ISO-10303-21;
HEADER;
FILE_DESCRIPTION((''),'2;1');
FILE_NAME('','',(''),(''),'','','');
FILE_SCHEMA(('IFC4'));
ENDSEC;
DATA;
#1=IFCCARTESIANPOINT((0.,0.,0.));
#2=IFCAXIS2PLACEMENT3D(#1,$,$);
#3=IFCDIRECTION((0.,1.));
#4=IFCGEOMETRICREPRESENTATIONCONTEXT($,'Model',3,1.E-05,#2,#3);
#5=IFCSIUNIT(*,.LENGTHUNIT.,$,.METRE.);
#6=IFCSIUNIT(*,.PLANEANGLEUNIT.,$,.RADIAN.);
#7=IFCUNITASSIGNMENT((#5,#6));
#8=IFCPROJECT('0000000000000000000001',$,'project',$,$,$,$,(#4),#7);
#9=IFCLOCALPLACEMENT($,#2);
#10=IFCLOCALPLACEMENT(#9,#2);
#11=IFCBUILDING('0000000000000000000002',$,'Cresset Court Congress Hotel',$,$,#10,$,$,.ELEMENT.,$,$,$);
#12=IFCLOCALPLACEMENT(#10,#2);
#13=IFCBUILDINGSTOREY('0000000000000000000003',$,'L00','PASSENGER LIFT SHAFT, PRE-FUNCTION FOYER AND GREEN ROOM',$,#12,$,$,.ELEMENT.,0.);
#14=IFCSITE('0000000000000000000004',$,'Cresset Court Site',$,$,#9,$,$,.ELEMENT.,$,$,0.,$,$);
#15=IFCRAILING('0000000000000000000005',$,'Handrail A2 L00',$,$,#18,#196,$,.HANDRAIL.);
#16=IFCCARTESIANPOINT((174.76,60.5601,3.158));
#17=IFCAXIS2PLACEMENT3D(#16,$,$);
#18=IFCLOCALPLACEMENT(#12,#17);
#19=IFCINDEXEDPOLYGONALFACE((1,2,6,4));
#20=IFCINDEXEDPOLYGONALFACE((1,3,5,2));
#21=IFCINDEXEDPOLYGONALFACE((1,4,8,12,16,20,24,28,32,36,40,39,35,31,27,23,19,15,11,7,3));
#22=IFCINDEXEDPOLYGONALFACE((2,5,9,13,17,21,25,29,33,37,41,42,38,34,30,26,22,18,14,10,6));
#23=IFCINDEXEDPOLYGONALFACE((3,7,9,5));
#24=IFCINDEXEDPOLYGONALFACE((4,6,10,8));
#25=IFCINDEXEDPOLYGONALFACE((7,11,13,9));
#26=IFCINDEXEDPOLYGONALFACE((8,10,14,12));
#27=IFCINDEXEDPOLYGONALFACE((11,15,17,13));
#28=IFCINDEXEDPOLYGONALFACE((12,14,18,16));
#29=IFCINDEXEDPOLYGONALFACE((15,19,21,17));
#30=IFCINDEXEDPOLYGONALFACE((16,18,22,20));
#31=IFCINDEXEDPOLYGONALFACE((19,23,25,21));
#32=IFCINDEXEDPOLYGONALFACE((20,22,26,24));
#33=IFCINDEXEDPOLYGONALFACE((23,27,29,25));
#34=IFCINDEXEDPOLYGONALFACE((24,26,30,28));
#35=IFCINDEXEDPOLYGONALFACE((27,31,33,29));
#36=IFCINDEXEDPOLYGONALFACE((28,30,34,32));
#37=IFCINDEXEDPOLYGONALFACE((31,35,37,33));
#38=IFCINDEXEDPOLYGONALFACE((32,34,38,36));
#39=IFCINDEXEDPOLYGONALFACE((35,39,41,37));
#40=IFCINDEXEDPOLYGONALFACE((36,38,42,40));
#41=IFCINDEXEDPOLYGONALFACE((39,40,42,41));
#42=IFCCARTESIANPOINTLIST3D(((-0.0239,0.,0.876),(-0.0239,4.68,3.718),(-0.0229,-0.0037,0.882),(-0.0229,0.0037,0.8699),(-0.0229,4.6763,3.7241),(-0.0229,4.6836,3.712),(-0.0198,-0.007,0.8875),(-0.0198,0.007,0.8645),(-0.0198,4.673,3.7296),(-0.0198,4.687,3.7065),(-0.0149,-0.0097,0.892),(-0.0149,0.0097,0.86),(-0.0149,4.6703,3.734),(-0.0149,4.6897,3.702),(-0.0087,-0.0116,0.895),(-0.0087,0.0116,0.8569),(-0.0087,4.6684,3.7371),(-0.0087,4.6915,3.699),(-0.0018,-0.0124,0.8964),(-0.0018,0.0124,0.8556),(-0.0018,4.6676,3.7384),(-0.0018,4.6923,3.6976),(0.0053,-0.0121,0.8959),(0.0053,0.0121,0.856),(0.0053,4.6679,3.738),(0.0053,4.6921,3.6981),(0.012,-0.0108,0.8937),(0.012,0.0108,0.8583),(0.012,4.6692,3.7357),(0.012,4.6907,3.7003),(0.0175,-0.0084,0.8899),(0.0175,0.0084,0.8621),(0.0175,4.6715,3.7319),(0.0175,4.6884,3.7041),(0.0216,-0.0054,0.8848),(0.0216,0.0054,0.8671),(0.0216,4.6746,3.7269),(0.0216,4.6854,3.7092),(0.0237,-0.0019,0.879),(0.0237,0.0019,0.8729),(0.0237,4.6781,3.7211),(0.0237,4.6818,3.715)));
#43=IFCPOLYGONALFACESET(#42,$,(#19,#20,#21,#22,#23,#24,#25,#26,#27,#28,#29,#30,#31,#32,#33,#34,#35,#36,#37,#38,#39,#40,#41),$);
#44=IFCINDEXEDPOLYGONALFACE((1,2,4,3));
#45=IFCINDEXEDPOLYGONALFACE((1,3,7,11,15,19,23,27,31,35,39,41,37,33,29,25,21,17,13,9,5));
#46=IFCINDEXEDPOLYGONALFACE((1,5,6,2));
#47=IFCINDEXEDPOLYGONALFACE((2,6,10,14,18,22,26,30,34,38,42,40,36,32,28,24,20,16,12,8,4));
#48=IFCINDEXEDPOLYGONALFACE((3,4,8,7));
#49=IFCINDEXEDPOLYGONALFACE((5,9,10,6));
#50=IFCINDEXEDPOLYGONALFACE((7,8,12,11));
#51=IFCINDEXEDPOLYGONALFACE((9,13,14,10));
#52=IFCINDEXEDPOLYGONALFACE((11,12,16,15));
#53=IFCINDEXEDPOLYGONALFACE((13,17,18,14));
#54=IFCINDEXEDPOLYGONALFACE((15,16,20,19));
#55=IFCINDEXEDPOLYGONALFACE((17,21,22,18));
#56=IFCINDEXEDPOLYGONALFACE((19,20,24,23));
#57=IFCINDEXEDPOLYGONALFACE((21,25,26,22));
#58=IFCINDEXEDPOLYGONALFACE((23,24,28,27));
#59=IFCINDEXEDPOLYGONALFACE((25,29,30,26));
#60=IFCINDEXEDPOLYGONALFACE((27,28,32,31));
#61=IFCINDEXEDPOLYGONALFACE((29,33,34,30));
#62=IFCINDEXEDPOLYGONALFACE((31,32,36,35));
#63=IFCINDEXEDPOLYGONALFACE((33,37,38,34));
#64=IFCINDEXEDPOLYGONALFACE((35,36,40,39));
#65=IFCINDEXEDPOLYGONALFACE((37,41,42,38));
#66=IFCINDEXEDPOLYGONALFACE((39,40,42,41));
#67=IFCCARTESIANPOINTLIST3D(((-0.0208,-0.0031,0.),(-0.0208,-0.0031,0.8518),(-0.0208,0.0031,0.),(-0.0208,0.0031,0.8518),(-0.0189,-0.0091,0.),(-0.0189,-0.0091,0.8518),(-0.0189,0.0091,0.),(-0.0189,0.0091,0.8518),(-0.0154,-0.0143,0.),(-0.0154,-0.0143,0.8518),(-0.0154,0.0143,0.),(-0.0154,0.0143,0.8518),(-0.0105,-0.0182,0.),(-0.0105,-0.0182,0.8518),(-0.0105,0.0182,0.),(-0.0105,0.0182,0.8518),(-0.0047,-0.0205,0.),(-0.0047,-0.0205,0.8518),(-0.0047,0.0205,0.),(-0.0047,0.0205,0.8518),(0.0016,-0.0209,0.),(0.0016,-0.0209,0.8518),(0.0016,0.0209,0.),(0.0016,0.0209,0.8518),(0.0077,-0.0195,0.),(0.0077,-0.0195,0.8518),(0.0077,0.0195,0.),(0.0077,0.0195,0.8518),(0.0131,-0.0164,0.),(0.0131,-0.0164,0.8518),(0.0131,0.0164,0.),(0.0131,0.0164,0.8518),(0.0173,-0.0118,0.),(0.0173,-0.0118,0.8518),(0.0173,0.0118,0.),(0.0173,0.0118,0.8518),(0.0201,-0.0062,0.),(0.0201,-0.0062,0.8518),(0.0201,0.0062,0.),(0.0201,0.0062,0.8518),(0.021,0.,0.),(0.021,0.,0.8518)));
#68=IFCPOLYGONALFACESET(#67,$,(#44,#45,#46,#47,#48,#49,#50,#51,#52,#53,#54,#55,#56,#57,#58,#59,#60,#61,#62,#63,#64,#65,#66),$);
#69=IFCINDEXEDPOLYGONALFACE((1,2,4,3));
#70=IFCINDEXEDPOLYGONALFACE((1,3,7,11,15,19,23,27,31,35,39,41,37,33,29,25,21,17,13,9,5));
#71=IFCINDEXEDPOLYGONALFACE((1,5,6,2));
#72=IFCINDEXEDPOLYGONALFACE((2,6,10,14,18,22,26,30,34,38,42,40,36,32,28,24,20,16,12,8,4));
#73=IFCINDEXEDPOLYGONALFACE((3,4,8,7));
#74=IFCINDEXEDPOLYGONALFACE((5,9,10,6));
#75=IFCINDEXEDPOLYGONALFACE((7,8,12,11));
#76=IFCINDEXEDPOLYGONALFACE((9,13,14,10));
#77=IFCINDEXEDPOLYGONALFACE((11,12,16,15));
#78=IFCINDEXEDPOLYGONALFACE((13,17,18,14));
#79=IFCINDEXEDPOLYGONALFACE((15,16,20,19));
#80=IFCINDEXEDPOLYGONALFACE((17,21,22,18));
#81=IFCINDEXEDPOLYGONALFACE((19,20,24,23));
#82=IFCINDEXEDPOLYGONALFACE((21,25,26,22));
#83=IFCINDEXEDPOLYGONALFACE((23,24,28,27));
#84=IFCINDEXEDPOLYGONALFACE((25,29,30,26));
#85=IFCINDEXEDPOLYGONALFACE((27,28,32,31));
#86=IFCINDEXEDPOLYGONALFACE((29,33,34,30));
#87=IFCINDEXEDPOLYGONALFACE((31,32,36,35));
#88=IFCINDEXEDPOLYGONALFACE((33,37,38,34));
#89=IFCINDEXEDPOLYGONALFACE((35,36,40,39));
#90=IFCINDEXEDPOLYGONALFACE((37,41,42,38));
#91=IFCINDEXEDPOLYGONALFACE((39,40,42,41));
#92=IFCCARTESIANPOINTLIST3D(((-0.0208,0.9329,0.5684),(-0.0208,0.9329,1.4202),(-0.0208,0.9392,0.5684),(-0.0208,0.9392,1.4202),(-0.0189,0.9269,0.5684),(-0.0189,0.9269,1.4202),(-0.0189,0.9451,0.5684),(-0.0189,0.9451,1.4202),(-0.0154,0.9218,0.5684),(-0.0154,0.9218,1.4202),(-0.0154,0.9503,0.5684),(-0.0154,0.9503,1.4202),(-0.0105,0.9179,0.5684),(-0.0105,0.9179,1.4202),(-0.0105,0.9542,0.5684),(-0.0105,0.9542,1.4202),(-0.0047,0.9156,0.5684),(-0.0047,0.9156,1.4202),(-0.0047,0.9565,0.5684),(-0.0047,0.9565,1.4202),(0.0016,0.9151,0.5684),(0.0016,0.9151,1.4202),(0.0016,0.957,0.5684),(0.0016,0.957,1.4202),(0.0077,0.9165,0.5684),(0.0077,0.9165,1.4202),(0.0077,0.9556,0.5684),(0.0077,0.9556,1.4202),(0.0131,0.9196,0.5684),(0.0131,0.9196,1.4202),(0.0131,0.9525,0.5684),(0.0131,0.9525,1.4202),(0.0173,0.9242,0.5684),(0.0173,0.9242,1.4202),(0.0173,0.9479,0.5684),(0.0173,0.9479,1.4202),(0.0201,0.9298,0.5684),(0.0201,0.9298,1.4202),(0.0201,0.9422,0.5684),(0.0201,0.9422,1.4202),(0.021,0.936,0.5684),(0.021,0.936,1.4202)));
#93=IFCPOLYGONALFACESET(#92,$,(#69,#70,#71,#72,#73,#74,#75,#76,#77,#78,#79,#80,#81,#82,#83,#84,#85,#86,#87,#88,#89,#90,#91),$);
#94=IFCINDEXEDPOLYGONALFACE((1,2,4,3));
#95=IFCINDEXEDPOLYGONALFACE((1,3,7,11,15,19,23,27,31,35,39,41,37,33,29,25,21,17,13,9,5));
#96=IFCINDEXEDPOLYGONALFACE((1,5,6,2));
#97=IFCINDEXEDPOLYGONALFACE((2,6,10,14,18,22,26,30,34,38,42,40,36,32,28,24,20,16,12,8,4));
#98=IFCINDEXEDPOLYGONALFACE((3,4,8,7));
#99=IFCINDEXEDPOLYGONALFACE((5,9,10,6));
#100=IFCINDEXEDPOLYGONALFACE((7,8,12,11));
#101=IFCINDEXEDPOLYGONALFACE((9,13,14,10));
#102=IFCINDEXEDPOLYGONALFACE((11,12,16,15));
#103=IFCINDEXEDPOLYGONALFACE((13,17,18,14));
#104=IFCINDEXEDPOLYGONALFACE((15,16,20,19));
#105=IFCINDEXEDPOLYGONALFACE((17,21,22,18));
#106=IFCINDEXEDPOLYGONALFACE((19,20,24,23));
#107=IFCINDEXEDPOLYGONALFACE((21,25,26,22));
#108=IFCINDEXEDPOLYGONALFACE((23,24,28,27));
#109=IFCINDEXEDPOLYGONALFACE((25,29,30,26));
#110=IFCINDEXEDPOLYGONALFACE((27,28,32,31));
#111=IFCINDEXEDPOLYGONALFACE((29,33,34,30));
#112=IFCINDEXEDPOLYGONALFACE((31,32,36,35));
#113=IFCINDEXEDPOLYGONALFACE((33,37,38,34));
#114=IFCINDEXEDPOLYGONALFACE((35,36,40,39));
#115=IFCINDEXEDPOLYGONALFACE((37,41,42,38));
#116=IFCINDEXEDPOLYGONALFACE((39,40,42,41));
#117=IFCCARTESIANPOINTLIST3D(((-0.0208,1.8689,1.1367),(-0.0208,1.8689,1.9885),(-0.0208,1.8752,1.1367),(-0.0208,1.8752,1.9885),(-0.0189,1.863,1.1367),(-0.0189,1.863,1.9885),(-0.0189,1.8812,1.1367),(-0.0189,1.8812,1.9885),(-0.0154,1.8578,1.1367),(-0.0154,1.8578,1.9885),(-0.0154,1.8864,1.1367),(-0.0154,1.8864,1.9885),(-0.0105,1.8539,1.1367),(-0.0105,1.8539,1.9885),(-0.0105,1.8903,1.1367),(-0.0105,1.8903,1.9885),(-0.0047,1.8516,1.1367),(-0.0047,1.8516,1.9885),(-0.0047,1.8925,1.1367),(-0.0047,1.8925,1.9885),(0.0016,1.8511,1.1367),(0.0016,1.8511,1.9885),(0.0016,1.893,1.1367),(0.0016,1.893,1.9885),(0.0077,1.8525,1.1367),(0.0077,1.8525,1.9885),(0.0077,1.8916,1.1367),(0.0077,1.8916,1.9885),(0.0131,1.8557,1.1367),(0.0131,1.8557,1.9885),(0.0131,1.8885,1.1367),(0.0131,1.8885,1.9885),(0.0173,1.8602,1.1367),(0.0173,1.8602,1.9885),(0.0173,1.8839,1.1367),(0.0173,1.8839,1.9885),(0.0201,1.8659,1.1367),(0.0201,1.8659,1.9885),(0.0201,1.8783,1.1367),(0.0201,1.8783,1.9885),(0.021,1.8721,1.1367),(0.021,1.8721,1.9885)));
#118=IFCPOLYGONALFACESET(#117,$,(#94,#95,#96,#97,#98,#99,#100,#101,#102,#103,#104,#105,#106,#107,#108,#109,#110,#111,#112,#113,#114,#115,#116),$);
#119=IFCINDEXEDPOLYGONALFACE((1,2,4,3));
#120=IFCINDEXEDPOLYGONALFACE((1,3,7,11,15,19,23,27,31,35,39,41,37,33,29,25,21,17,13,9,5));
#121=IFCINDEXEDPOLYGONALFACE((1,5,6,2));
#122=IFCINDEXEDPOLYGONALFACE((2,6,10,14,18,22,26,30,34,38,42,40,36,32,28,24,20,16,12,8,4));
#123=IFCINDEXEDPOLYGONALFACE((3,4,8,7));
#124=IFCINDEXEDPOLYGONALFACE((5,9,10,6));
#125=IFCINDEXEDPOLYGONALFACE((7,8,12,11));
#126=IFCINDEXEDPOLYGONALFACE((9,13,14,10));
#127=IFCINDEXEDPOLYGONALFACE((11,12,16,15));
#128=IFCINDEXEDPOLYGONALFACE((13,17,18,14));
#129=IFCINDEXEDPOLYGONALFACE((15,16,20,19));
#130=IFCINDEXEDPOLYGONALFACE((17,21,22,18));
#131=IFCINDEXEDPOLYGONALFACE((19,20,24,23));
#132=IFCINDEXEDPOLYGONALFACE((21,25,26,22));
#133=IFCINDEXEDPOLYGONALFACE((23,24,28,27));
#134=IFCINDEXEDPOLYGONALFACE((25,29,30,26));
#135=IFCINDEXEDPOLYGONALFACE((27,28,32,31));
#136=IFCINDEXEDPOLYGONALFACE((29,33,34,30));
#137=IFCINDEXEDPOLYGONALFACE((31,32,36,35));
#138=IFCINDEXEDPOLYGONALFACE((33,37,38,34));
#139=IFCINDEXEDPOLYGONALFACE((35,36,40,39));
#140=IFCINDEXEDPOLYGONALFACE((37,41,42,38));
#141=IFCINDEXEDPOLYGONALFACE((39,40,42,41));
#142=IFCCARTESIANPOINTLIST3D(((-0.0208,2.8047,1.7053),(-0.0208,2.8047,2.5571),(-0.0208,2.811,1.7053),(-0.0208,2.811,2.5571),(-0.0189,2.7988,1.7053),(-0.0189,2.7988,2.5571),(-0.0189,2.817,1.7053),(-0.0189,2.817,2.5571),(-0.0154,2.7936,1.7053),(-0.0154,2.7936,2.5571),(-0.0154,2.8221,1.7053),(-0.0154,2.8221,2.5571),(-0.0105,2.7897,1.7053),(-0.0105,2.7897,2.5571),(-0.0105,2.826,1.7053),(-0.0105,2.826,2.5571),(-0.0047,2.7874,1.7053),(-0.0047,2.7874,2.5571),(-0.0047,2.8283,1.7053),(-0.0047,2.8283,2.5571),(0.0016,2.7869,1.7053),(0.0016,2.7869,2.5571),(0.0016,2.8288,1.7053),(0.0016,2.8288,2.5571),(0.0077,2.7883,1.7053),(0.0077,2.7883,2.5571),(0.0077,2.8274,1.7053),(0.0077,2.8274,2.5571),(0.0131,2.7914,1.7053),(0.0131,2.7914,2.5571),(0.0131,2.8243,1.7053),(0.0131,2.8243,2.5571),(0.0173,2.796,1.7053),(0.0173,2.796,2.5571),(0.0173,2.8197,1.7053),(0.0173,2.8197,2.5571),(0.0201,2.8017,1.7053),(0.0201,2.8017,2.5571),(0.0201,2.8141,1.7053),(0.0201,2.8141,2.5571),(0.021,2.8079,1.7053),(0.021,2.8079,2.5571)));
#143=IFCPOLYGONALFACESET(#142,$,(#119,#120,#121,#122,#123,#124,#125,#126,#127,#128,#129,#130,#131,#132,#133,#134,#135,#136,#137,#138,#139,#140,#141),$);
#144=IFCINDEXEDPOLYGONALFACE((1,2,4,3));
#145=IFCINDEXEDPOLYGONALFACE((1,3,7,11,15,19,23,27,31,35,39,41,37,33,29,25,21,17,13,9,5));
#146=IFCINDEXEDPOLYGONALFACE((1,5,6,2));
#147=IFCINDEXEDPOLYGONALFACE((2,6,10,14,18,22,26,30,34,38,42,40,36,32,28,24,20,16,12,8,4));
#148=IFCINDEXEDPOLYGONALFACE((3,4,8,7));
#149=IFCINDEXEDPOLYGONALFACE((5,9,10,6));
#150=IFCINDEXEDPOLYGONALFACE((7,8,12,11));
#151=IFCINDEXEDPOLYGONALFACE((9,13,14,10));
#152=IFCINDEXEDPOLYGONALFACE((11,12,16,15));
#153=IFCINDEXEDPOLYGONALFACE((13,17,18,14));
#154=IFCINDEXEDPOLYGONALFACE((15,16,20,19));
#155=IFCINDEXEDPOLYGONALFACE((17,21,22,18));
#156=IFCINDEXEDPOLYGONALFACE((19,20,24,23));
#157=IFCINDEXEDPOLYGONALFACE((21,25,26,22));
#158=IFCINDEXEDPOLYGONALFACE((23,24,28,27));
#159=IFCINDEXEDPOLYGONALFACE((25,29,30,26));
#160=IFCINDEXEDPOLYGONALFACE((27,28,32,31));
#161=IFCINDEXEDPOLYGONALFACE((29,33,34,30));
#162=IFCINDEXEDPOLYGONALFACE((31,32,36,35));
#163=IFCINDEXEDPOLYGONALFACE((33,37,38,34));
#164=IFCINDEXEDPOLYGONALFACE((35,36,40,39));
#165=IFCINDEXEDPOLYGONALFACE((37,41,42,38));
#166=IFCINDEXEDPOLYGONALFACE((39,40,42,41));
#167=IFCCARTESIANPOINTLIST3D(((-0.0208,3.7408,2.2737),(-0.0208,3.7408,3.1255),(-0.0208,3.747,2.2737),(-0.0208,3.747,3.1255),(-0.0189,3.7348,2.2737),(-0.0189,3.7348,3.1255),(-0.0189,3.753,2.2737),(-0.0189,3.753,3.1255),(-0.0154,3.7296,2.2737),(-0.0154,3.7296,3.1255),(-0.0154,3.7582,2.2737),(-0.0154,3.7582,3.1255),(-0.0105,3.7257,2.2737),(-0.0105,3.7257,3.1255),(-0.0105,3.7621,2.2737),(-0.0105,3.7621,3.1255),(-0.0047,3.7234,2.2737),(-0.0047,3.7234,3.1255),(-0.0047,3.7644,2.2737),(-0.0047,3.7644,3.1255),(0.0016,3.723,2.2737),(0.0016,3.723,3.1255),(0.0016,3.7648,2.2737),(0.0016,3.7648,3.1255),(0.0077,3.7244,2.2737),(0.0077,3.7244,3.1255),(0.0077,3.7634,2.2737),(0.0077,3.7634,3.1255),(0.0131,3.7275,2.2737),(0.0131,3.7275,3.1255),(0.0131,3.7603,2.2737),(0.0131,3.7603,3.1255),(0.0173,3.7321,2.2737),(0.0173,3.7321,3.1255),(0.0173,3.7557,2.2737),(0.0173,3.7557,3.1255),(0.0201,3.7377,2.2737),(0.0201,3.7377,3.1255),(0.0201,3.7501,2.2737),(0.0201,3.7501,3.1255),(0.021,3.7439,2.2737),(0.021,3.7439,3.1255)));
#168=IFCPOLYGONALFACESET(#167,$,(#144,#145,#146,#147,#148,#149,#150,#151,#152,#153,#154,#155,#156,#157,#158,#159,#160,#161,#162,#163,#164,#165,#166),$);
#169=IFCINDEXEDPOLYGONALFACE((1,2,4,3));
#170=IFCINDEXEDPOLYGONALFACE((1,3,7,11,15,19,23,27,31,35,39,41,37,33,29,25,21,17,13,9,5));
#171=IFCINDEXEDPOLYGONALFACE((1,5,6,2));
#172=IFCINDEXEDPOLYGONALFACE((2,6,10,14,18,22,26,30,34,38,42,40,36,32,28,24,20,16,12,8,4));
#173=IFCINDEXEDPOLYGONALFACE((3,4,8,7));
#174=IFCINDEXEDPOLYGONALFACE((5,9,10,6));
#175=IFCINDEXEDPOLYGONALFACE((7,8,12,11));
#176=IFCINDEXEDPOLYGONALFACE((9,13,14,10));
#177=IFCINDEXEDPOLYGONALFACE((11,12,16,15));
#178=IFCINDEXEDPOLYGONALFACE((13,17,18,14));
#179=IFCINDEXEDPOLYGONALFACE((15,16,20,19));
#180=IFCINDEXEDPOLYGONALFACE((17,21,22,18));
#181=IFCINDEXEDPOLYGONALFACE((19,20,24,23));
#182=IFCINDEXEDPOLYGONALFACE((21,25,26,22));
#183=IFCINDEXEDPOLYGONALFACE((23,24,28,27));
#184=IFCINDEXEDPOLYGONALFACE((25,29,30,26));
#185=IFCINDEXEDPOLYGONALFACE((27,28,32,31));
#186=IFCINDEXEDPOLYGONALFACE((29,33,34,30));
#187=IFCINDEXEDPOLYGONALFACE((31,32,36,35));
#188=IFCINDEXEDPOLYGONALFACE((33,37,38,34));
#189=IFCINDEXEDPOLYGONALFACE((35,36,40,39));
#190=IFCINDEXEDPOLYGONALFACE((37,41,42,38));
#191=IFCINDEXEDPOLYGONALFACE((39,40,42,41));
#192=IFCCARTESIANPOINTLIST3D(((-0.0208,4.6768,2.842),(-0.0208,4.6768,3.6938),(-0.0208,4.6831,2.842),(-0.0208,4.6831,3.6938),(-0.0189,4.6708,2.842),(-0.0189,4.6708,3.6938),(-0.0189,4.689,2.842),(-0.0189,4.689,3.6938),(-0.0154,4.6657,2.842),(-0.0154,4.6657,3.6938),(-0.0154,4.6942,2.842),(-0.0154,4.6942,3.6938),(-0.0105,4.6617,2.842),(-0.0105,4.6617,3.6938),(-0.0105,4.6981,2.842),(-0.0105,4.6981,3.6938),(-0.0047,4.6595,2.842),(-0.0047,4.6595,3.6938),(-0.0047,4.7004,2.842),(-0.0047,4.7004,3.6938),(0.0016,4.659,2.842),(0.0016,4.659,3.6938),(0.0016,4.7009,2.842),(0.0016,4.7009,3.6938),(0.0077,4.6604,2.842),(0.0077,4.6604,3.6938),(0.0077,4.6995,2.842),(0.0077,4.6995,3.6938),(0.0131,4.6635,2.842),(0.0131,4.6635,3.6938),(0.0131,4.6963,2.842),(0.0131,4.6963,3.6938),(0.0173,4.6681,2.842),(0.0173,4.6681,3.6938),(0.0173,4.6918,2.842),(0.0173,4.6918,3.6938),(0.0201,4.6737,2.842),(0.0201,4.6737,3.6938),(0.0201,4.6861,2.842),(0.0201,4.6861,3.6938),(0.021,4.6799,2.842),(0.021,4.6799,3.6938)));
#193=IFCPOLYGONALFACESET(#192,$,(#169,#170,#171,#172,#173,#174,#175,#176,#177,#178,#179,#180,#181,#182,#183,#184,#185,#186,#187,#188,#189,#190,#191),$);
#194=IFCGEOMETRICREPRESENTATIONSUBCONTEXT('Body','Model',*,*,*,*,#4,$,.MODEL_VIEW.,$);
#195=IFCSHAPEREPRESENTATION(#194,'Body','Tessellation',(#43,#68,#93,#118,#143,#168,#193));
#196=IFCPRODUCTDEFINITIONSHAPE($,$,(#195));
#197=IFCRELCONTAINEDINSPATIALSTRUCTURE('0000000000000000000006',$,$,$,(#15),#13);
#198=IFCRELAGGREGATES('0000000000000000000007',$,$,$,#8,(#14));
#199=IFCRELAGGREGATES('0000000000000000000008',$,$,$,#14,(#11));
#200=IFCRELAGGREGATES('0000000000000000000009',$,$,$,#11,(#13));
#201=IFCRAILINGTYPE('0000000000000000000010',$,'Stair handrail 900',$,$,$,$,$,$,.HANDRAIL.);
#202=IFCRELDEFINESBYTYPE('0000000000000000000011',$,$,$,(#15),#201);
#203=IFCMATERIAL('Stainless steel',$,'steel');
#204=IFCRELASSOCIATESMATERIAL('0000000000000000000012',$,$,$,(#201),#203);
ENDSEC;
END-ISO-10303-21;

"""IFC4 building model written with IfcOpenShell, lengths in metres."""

from ifc_helpers import new_model, si_unit, direction, frame, origin, origin_2d, place, context, subcontext, project, spatial, circle, extrude, material, type_object, element, save


model = new_model("IFC4")

# Units and contexts
model_context = context("Model", 3, precision=1e-05, world=origin(), true_north=direction((0.0, 1.0)))
body_context = subcontext(model_context, "Body", "Model", "MODEL_VIEW")
ifc_project = project(units=[si_unit("LENGTHUNIT", "METRE"), si_unit("PLANEANGLEUNIT", "RADIAN")], contexts=[model_context])

# Site, building, storey
site_placement = place(None, origin())
site = spatial("IfcSite", under=ifc_project, at=site_placement, Name="Cresset Court Site", CompositionType="ELEMENT", RefElevation=0.0)
building_placement = place(site_placement, origin())
building = spatial("IfcBuilding", under=site, at=building_placement, Name="Cresset Court Congress Hotel", CompositionType="ELEMENT")
storey_placement = place(building_placement, origin())
storey = spatial("IfcBuildingStorey", under=building, at=storey_placement, Name="L00", Description="PASSENGER LIFT SHAFT, PRE-FUNCTION FOYER AND GREEN ROOM", CompositionType="ELEMENT", Elevation=0.0)

# Railing
ifc_material_1 = material(Name="Stainless steel", Category="steel")
railing_type_1 = type_object("IfcRailingType", Name="Stair handrail 900", PredefinedType="HANDRAIL", material=ifc_material_1)
railing_1_placement = place(storey_placement, frame((174.76, 60.5601, 3.158)))
element("IfcRailing", 1, at=railing_1_placement, inside=storey, type_object=railing_type_1, Name="Handrail A2 L00", PredefinedType="HANDRAIL", context=body_context, shape_type="SweptSolid", body=[
    extrude(circle(Radius=0.0239, at=origin_2d()), frame((0.0, 0.0, 0.876), z_axis=(0.0, 0.854735, 0.519065), x_axis=(-1.0, 0.0, 0.0)), (0.0, 0.0, 1.0), 5.4753),
    extrude(circle(Radius=0.021, at=origin_2d()), origin(), (0.0, 0.0, 1.0), 0.8518),
    extrude(circle(Radius=0.021, at=origin_2d()), frame((0.0, 0.936, 0.5684)), (0.0, 0.0, 1.0), 0.8518),
    extrude(circle(Radius=0.021, at=origin_2d()), frame((0.0, 1.8721, 1.1367)), (0.0, 0.0, 1.0), 0.8518),
    extrude(circle(Radius=0.021, at=origin_2d()), frame((0.0, 2.8079, 1.7053)), (0.0, 0.0, 1.0), 0.8518),
    extrude(circle(Radius=0.021, at=origin_2d()), frame((0.0, 3.7439, 2.2737)), (0.0, 0.0, 1.0), 0.8518),
    extrude(circle(Radius=0.021, at=origin_2d()), frame((0.0, 4.6799, 2.842)), (0.0, 0.0, 1.0), 0.8518),
])

save(model, "model.ifc")
